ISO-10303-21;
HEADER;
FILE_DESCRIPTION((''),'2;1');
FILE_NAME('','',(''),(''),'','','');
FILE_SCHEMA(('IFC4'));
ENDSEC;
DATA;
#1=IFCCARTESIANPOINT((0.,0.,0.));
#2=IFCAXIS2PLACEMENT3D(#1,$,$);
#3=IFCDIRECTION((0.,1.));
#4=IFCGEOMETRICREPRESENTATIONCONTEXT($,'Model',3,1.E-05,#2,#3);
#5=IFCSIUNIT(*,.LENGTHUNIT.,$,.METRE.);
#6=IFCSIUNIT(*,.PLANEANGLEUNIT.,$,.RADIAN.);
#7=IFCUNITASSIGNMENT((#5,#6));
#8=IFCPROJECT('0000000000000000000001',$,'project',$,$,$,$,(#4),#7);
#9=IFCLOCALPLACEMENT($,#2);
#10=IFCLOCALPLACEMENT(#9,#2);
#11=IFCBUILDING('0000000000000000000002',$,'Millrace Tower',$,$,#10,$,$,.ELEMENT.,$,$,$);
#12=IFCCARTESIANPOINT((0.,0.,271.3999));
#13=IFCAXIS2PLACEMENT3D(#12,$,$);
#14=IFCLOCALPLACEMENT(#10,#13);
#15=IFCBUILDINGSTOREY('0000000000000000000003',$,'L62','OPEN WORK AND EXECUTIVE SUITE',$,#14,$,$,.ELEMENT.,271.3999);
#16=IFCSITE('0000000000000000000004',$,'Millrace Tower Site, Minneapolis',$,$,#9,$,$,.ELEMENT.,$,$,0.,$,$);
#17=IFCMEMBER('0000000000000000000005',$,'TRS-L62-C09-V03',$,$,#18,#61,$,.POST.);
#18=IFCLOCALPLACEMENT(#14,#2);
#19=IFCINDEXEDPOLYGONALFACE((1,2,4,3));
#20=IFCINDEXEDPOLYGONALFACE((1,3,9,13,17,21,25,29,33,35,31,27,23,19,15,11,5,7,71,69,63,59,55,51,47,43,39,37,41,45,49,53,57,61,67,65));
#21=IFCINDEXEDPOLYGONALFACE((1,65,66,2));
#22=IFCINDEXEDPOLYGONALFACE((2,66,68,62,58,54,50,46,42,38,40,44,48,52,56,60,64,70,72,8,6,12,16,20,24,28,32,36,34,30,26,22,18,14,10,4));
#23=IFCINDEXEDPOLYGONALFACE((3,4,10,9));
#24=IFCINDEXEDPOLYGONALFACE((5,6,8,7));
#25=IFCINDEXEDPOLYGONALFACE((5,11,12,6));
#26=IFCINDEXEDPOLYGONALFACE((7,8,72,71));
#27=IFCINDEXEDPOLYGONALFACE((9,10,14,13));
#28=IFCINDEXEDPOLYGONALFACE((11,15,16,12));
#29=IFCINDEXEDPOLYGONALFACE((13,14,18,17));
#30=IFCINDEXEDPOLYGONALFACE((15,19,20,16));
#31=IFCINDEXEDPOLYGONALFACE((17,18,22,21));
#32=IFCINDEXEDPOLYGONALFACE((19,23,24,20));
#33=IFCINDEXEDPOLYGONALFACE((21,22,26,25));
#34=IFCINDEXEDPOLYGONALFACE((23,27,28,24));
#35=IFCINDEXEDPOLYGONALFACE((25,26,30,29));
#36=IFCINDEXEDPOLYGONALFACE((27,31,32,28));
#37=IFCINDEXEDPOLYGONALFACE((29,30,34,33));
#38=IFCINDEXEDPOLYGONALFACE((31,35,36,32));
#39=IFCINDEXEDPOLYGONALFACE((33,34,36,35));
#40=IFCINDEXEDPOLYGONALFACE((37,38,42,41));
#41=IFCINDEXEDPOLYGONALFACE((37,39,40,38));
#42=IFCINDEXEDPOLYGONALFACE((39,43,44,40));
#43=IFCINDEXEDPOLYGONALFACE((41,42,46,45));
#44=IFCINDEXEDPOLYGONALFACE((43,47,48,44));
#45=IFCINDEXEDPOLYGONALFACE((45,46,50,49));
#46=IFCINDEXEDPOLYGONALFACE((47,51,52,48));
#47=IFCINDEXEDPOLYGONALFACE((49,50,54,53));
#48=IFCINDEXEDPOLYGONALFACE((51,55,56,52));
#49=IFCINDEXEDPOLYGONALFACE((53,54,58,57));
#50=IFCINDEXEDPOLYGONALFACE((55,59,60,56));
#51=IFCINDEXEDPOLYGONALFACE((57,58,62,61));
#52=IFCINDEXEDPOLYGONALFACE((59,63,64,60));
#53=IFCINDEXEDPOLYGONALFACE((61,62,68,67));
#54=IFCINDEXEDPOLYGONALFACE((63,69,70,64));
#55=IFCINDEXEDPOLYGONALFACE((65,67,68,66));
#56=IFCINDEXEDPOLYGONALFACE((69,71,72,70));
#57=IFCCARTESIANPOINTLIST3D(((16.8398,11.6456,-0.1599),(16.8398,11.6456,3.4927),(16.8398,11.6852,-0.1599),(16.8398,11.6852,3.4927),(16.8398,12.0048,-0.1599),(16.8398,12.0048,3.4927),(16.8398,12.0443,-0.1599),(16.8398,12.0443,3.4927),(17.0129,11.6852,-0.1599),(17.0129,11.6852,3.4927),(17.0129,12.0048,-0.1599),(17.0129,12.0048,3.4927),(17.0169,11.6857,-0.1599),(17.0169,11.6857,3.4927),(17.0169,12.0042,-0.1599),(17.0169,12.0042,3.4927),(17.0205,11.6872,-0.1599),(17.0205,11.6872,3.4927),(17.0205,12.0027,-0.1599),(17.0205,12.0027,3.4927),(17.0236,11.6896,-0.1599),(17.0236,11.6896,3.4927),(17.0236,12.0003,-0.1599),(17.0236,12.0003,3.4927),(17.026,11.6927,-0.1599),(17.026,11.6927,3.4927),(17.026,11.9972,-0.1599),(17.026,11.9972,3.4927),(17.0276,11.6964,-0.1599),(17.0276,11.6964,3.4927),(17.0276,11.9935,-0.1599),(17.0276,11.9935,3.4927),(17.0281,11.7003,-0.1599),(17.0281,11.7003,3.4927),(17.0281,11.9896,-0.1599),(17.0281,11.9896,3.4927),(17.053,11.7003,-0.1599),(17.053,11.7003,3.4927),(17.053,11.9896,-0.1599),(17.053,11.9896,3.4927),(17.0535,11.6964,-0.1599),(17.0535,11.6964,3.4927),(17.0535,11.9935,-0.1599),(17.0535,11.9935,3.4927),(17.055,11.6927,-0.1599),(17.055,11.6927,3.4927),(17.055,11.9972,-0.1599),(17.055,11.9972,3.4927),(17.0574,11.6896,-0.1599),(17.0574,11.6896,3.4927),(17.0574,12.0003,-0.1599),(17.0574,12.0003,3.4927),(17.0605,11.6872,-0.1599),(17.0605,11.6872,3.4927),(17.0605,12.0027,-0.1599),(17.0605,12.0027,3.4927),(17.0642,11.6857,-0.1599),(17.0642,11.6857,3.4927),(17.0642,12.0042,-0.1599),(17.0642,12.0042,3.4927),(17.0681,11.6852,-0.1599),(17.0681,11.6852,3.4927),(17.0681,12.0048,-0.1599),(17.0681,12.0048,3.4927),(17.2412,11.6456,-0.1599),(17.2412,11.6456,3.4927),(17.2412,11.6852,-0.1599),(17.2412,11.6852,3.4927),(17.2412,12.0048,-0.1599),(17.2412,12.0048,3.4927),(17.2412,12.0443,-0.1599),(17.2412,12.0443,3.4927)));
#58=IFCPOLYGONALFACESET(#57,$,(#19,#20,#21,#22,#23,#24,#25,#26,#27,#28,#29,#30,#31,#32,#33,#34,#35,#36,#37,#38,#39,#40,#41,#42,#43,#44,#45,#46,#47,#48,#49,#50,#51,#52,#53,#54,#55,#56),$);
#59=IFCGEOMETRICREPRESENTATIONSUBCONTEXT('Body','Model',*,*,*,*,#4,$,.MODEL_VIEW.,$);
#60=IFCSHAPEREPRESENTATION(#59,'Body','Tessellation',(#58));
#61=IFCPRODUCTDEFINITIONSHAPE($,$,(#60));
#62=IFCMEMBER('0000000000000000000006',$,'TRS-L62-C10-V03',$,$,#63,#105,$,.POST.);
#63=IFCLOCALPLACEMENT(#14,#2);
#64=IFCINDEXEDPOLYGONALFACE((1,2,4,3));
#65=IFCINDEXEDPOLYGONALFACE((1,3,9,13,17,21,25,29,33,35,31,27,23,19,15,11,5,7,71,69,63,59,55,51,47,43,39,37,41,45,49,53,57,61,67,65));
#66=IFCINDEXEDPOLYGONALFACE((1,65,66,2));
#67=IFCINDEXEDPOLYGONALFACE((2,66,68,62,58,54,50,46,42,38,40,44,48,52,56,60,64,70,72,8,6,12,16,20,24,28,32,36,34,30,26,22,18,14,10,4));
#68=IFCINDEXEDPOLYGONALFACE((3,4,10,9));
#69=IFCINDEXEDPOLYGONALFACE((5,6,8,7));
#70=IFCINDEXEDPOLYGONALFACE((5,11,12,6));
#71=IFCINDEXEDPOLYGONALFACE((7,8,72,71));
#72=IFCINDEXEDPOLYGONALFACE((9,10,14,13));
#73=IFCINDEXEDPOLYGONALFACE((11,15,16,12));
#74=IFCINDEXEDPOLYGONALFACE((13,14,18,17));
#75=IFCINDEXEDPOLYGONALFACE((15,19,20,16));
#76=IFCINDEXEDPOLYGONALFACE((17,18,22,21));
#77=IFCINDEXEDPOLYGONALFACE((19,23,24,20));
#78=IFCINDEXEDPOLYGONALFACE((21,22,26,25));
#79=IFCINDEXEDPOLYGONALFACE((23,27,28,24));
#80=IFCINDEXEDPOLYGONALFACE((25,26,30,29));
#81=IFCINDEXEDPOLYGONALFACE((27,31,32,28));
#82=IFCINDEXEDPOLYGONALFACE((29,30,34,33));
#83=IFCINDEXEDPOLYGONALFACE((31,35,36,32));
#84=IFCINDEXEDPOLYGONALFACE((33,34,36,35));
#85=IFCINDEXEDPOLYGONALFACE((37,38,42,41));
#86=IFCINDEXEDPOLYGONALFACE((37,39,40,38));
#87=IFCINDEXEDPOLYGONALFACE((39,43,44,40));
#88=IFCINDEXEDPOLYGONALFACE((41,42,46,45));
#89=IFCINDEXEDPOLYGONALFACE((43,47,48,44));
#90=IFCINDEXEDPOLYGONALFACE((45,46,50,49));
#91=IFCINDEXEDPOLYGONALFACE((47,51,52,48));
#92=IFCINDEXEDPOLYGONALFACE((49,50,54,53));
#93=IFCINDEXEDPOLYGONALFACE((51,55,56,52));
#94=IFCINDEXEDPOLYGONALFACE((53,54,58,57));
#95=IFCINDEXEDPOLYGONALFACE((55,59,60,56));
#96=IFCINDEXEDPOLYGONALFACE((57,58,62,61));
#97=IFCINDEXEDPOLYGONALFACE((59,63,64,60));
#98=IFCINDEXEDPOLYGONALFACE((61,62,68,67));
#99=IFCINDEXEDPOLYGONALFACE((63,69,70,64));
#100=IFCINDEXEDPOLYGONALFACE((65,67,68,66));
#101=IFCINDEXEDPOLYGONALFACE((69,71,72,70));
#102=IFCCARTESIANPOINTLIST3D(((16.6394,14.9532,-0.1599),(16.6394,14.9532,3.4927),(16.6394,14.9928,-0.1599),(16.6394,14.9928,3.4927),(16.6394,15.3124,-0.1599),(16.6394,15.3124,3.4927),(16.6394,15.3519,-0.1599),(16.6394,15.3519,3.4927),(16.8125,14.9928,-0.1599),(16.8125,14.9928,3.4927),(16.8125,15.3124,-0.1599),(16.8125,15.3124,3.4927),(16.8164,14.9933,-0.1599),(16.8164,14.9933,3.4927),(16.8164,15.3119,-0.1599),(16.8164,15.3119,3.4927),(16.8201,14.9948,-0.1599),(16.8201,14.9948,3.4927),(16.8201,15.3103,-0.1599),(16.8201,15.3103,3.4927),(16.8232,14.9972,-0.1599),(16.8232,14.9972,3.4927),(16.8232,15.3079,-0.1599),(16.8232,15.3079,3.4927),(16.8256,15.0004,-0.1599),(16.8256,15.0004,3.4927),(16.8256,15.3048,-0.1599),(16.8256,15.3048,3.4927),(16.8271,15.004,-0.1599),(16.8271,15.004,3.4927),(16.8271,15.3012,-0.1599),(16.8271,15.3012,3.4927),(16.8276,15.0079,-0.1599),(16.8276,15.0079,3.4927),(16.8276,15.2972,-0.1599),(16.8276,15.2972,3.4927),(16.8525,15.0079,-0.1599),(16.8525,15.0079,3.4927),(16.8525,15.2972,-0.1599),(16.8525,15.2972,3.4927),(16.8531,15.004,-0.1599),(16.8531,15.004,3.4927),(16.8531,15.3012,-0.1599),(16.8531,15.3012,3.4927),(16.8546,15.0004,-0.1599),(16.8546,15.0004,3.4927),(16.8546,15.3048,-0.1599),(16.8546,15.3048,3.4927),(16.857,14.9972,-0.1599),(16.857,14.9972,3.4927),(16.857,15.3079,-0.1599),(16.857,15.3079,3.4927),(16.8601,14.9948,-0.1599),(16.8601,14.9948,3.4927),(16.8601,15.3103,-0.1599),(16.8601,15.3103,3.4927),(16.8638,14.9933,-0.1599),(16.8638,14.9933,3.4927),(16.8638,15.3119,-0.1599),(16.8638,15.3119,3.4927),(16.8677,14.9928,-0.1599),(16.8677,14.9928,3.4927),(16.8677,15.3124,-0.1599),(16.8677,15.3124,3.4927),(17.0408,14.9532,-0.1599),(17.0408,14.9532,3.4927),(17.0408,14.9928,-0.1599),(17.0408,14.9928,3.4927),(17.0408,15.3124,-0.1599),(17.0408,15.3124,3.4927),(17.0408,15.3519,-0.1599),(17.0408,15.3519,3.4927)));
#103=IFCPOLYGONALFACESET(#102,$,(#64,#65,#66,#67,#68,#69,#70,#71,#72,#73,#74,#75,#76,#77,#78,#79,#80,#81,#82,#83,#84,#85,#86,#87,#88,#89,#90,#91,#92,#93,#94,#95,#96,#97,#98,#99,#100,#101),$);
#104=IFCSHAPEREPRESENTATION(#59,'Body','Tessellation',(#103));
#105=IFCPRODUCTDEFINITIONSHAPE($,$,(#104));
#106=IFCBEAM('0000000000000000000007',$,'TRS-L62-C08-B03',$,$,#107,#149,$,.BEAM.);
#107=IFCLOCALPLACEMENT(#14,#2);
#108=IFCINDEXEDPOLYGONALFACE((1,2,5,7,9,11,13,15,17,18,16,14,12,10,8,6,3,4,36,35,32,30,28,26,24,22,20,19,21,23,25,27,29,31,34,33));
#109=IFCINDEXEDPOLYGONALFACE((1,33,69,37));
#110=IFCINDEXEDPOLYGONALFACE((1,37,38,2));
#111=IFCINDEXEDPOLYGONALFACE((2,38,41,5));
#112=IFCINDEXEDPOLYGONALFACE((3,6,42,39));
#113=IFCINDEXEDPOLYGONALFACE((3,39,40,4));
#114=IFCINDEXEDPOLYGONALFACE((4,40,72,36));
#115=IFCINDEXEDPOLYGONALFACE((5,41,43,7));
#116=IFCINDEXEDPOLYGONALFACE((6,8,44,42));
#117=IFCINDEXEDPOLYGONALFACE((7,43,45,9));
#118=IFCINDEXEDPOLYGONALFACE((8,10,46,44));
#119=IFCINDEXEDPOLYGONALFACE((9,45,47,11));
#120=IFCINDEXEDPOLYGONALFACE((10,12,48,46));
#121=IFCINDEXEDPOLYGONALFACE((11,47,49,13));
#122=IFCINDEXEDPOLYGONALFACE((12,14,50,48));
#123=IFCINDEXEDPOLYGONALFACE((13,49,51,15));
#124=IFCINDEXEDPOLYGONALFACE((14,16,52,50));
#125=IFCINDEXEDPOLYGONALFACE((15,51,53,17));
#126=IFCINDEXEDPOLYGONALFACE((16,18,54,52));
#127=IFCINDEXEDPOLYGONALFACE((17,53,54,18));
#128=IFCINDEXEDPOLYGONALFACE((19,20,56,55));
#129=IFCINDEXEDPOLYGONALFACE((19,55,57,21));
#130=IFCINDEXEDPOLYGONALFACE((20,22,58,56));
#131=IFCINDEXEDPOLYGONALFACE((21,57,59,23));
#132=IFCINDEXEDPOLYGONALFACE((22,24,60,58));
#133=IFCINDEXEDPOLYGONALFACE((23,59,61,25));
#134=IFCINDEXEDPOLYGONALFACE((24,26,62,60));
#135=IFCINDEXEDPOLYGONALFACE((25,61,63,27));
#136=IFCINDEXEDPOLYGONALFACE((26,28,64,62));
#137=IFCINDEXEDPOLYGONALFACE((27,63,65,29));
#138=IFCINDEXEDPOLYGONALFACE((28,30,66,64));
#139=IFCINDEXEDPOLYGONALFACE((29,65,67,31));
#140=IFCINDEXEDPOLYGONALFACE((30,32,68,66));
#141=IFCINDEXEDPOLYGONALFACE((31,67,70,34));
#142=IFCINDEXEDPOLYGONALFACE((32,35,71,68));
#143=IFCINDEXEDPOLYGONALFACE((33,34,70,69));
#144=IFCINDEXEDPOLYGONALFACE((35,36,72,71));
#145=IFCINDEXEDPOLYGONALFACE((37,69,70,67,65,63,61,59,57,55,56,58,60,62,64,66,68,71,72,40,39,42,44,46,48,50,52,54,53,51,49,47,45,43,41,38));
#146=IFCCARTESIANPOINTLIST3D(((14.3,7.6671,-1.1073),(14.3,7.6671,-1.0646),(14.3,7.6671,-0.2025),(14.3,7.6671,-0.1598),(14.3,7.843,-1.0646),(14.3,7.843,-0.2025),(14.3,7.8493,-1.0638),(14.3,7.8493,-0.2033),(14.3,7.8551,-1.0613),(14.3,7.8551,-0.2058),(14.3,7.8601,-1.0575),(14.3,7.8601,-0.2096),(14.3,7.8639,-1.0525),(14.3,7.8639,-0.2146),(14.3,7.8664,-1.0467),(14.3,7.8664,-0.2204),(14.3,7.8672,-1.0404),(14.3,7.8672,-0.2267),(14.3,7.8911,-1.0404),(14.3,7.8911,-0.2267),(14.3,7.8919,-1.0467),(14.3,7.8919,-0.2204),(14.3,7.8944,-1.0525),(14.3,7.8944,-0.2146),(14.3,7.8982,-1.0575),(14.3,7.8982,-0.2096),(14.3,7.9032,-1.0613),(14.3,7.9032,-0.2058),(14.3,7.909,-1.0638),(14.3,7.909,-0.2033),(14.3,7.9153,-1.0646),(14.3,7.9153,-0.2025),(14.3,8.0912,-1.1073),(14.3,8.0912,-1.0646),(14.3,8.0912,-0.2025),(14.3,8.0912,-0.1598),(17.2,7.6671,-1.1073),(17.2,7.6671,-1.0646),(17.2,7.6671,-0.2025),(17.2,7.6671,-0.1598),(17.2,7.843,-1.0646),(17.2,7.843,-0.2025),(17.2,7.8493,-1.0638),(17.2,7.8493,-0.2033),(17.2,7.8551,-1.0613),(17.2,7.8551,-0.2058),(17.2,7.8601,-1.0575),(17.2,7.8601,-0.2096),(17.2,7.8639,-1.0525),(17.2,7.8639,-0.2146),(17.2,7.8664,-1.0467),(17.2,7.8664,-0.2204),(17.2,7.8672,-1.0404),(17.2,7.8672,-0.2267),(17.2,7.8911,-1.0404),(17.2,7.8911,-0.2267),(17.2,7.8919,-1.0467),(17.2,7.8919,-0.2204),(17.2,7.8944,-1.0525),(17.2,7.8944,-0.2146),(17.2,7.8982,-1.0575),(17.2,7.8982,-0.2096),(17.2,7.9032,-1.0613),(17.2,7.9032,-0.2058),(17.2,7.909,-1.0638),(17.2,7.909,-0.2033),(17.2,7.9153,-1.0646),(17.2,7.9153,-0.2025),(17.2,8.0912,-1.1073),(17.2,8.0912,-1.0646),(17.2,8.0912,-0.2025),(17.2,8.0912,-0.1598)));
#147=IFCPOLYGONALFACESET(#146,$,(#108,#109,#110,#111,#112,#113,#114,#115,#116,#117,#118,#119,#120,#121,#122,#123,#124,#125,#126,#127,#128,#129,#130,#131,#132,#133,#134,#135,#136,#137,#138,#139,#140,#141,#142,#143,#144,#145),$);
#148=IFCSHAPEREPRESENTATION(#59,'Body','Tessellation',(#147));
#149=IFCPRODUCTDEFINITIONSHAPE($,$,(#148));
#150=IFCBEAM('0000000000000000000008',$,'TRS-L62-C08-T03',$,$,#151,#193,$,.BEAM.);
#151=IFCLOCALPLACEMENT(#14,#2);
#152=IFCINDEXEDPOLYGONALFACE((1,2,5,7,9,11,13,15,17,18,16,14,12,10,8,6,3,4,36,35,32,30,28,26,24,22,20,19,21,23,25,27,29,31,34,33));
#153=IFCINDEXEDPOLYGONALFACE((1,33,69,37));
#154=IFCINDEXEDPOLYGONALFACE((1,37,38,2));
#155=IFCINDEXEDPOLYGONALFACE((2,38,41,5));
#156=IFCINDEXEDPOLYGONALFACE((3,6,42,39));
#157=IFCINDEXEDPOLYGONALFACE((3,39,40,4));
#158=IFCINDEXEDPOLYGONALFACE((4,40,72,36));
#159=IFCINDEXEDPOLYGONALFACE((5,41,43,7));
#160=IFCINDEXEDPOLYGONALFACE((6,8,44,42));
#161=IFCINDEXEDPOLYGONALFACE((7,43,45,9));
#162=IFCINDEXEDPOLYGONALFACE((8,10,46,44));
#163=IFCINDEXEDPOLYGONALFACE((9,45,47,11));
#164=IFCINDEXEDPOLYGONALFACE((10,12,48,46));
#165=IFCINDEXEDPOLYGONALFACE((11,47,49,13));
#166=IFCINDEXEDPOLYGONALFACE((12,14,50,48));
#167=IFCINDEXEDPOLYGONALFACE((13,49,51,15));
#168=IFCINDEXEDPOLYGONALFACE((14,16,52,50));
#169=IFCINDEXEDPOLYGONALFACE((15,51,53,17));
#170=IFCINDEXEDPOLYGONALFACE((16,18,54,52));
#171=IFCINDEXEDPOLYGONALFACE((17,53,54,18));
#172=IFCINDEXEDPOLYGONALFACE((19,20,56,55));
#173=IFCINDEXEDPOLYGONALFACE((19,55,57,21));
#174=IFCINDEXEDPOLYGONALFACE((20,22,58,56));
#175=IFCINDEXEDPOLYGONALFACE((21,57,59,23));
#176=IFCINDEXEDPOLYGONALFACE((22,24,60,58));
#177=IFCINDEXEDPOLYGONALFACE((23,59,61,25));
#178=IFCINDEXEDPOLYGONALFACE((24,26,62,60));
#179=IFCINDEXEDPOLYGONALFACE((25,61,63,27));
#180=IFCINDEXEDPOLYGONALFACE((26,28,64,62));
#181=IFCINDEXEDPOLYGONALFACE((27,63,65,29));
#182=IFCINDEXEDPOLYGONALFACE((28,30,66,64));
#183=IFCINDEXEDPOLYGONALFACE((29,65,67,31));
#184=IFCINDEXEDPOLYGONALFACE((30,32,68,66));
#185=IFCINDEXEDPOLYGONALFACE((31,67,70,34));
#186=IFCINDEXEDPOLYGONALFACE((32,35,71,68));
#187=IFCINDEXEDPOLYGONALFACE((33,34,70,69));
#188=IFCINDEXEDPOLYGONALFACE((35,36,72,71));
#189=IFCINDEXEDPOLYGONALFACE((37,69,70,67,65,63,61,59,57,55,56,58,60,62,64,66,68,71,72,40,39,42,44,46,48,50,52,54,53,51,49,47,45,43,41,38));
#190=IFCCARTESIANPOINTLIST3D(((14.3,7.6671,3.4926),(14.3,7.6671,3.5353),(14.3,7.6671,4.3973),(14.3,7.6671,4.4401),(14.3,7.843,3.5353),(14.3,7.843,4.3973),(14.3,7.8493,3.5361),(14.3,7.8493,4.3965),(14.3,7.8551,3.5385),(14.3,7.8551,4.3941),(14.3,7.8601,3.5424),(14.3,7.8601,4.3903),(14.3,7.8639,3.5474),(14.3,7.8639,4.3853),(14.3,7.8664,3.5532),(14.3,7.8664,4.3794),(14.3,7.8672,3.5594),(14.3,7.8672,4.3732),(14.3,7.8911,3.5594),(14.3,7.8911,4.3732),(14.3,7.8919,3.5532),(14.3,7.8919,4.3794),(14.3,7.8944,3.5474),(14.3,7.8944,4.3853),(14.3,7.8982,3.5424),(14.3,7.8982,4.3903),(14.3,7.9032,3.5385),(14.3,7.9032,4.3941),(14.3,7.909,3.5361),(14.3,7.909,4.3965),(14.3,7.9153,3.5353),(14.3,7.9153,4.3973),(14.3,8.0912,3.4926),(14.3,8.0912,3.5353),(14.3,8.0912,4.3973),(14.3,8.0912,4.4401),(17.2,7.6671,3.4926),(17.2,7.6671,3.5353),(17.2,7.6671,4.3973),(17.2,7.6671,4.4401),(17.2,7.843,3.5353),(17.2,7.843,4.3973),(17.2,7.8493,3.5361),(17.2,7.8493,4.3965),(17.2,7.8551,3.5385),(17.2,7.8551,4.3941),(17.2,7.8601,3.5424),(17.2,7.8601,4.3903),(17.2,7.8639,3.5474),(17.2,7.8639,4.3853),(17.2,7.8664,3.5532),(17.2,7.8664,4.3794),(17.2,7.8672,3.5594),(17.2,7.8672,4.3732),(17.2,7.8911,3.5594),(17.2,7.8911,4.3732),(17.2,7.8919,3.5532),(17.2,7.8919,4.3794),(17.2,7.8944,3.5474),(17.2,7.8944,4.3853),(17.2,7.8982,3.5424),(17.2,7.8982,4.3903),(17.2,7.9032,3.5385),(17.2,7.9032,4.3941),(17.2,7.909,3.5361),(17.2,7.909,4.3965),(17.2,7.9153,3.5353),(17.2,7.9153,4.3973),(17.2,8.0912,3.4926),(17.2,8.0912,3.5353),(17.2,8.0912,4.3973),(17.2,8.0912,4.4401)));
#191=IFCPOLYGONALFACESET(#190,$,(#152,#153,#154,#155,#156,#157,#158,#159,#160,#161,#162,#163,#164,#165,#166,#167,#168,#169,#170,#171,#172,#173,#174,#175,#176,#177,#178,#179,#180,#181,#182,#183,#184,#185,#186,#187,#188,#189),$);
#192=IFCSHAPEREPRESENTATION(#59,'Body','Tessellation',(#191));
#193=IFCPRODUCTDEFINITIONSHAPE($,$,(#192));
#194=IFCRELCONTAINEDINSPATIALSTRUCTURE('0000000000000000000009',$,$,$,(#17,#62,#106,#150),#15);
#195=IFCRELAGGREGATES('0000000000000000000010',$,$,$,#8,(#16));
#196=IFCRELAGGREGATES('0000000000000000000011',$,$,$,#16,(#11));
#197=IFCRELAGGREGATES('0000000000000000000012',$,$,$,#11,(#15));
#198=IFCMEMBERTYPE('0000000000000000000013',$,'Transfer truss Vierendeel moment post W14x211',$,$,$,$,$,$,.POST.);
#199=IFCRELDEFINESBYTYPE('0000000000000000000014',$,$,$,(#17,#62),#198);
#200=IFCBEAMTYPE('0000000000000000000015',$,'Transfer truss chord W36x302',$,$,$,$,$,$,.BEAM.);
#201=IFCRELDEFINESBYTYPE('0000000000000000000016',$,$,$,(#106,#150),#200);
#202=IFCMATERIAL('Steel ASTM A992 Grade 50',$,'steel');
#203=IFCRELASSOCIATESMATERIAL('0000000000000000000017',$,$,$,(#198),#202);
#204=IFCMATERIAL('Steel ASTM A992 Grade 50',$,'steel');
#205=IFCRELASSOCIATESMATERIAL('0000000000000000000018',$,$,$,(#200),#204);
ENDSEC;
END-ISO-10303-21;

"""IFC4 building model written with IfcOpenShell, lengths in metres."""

from ifc_helpers import new_model, si_unit, direction, frame, origin, origin_2d, place, context, subcontext, project, spatial, i_section, extrude, material, material_profile, profile_set, type_object, element, save


model = new_model("IFC4")

# Units and contexts
model_context = context("Model", 3, precision=1e-05, world=origin(), true_north=direction((0.0, 1.0)))
body_context = subcontext(model_context, "Body", "Model", "MODEL_VIEW")
ifc_project = project(units=[si_unit("LENGTHUNIT", "METRE"), si_unit("PLANEANGLEUNIT", "RADIAN")], contexts=[model_context])

# Site, building, storey
site_placement = place(None, origin())
site = spatial("IfcSite", under=ifc_project, at=site_placement, Name="Millrace Tower Site, Minneapolis", CompositionType="ELEMENT", RefElevation=0.0)
building_placement = place(site_placement, origin())
building = spatial("IfcBuilding", under=site, at=building_placement, Name="Millrace Tower", CompositionType="ELEMENT")
storey_placement = place(building_placement, frame((0.0, 0.0, 271.3999)))
storey = spatial("IfcBuildingStorey", under=building, at=storey_placement, Name="L62", Description="OPEN WORK AND EXECUTIVE SUITE", CompositionType="ELEMENT", Elevation=271.3999)

# Members
ifc_material_1 = material(Name="Steel ASTM A992 Grade 50", Category="steel")
ifc_material_profile_1 = material_profile(ifc_material_1, i_section(OverallWidth=0.4014, OverallDepth=0.3987, WebThickness=0.0249, FlangeThickness=0.0396, FilletRadius=0.0151, at=origin_2d()))
ifc_profile_set_1 = profile_set([ifc_material_profile_1], Name="Steel ASTM A992 Grade 50")
member_type = type_object("IfcMemberType", Name="Transfer truss Vierendeel moment post W14x211", PredefinedType="POST", material=ifc_profile_set_1)
for number, where, z_axis, x_axis, name in (
    (1, (17.0405, 11.845, -0.1599), (0.0, 0.0, 1.0), (1.0, 0.0, 0.0), "TRS-L62-C09-V03"),
    (2, (16.8401, 15.1526, -0.1599), (0.0, 0.0, 1.0), (1.0, 0.0, 0.0), "TRS-L62-C10-V03"),
):
    element("IfcMember", number, at=place(storey_placement, frame(where, z_axis=z_axis, x_axis=x_axis)), inside=storey, type_object=member_type, Name=name, PredefinedType="POST", context=body_context, shape_type="SweptSolid", body=[
        extrude(i_section(OverallWidth=0.4014, OverallDepth=0.3987, WebThickness=0.0249, FlangeThickness=0.0396, FilletRadius=0.0151, at=origin_2d()), origin(), (0.0, 0.0, 1.0), 3.6526),
    ])

# Beams
ifc_material_2 = material(Name="Steel ASTM A992 Grade 50", Category="steel")
ifc_material_profile_2 = material_profile(ifc_material_2, i_section(OverallWidth=0.4241, OverallDepth=0.9475, WebThickness=0.0239, FlangeThickness=0.0427, FilletRadius=0.0242, at=origin_2d()))
ifc_profile_set_2 = profile_set([ifc_material_profile_2], Name="Steel ASTM A992 Grade 50")
beam_type_1 = type_object("IfcBeamType", Name="Transfer truss chord W36x302", PredefinedType="BEAM", material=ifc_profile_set_2)
for number, where, z_axis, x_axis, name in (
    (3, (17.2, 7.8792, -0.6335), (-1.0, 0.0, 0.0), (0.0, -1.0, 0.0), "TRS-L62-C08-B03"),
    (4, (17.2, 7.8792, 3.9663), (-1.0, 0.0, 0.0), (0.0, -1.0, 0.0), "TRS-L62-C08-T03"),
):
    element("IfcBeam", number, at=place(storey_placement, frame(where, z_axis=z_axis, x_axis=x_axis)), inside=storey, type_object=beam_type_1, Name=name, PredefinedType="BEAM", context=body_context, shape_type="SweptSolid", body=[
        extrude(i_section(OverallWidth=0.4241, OverallDepth=0.9475, WebThickness=0.0239, FlangeThickness=0.0427, FilletRadius=0.0242, at=origin_2d()), origin(), (0.0, 0.0, 1.0), 2.8999),
    ])

save(model, "model.ifc")
